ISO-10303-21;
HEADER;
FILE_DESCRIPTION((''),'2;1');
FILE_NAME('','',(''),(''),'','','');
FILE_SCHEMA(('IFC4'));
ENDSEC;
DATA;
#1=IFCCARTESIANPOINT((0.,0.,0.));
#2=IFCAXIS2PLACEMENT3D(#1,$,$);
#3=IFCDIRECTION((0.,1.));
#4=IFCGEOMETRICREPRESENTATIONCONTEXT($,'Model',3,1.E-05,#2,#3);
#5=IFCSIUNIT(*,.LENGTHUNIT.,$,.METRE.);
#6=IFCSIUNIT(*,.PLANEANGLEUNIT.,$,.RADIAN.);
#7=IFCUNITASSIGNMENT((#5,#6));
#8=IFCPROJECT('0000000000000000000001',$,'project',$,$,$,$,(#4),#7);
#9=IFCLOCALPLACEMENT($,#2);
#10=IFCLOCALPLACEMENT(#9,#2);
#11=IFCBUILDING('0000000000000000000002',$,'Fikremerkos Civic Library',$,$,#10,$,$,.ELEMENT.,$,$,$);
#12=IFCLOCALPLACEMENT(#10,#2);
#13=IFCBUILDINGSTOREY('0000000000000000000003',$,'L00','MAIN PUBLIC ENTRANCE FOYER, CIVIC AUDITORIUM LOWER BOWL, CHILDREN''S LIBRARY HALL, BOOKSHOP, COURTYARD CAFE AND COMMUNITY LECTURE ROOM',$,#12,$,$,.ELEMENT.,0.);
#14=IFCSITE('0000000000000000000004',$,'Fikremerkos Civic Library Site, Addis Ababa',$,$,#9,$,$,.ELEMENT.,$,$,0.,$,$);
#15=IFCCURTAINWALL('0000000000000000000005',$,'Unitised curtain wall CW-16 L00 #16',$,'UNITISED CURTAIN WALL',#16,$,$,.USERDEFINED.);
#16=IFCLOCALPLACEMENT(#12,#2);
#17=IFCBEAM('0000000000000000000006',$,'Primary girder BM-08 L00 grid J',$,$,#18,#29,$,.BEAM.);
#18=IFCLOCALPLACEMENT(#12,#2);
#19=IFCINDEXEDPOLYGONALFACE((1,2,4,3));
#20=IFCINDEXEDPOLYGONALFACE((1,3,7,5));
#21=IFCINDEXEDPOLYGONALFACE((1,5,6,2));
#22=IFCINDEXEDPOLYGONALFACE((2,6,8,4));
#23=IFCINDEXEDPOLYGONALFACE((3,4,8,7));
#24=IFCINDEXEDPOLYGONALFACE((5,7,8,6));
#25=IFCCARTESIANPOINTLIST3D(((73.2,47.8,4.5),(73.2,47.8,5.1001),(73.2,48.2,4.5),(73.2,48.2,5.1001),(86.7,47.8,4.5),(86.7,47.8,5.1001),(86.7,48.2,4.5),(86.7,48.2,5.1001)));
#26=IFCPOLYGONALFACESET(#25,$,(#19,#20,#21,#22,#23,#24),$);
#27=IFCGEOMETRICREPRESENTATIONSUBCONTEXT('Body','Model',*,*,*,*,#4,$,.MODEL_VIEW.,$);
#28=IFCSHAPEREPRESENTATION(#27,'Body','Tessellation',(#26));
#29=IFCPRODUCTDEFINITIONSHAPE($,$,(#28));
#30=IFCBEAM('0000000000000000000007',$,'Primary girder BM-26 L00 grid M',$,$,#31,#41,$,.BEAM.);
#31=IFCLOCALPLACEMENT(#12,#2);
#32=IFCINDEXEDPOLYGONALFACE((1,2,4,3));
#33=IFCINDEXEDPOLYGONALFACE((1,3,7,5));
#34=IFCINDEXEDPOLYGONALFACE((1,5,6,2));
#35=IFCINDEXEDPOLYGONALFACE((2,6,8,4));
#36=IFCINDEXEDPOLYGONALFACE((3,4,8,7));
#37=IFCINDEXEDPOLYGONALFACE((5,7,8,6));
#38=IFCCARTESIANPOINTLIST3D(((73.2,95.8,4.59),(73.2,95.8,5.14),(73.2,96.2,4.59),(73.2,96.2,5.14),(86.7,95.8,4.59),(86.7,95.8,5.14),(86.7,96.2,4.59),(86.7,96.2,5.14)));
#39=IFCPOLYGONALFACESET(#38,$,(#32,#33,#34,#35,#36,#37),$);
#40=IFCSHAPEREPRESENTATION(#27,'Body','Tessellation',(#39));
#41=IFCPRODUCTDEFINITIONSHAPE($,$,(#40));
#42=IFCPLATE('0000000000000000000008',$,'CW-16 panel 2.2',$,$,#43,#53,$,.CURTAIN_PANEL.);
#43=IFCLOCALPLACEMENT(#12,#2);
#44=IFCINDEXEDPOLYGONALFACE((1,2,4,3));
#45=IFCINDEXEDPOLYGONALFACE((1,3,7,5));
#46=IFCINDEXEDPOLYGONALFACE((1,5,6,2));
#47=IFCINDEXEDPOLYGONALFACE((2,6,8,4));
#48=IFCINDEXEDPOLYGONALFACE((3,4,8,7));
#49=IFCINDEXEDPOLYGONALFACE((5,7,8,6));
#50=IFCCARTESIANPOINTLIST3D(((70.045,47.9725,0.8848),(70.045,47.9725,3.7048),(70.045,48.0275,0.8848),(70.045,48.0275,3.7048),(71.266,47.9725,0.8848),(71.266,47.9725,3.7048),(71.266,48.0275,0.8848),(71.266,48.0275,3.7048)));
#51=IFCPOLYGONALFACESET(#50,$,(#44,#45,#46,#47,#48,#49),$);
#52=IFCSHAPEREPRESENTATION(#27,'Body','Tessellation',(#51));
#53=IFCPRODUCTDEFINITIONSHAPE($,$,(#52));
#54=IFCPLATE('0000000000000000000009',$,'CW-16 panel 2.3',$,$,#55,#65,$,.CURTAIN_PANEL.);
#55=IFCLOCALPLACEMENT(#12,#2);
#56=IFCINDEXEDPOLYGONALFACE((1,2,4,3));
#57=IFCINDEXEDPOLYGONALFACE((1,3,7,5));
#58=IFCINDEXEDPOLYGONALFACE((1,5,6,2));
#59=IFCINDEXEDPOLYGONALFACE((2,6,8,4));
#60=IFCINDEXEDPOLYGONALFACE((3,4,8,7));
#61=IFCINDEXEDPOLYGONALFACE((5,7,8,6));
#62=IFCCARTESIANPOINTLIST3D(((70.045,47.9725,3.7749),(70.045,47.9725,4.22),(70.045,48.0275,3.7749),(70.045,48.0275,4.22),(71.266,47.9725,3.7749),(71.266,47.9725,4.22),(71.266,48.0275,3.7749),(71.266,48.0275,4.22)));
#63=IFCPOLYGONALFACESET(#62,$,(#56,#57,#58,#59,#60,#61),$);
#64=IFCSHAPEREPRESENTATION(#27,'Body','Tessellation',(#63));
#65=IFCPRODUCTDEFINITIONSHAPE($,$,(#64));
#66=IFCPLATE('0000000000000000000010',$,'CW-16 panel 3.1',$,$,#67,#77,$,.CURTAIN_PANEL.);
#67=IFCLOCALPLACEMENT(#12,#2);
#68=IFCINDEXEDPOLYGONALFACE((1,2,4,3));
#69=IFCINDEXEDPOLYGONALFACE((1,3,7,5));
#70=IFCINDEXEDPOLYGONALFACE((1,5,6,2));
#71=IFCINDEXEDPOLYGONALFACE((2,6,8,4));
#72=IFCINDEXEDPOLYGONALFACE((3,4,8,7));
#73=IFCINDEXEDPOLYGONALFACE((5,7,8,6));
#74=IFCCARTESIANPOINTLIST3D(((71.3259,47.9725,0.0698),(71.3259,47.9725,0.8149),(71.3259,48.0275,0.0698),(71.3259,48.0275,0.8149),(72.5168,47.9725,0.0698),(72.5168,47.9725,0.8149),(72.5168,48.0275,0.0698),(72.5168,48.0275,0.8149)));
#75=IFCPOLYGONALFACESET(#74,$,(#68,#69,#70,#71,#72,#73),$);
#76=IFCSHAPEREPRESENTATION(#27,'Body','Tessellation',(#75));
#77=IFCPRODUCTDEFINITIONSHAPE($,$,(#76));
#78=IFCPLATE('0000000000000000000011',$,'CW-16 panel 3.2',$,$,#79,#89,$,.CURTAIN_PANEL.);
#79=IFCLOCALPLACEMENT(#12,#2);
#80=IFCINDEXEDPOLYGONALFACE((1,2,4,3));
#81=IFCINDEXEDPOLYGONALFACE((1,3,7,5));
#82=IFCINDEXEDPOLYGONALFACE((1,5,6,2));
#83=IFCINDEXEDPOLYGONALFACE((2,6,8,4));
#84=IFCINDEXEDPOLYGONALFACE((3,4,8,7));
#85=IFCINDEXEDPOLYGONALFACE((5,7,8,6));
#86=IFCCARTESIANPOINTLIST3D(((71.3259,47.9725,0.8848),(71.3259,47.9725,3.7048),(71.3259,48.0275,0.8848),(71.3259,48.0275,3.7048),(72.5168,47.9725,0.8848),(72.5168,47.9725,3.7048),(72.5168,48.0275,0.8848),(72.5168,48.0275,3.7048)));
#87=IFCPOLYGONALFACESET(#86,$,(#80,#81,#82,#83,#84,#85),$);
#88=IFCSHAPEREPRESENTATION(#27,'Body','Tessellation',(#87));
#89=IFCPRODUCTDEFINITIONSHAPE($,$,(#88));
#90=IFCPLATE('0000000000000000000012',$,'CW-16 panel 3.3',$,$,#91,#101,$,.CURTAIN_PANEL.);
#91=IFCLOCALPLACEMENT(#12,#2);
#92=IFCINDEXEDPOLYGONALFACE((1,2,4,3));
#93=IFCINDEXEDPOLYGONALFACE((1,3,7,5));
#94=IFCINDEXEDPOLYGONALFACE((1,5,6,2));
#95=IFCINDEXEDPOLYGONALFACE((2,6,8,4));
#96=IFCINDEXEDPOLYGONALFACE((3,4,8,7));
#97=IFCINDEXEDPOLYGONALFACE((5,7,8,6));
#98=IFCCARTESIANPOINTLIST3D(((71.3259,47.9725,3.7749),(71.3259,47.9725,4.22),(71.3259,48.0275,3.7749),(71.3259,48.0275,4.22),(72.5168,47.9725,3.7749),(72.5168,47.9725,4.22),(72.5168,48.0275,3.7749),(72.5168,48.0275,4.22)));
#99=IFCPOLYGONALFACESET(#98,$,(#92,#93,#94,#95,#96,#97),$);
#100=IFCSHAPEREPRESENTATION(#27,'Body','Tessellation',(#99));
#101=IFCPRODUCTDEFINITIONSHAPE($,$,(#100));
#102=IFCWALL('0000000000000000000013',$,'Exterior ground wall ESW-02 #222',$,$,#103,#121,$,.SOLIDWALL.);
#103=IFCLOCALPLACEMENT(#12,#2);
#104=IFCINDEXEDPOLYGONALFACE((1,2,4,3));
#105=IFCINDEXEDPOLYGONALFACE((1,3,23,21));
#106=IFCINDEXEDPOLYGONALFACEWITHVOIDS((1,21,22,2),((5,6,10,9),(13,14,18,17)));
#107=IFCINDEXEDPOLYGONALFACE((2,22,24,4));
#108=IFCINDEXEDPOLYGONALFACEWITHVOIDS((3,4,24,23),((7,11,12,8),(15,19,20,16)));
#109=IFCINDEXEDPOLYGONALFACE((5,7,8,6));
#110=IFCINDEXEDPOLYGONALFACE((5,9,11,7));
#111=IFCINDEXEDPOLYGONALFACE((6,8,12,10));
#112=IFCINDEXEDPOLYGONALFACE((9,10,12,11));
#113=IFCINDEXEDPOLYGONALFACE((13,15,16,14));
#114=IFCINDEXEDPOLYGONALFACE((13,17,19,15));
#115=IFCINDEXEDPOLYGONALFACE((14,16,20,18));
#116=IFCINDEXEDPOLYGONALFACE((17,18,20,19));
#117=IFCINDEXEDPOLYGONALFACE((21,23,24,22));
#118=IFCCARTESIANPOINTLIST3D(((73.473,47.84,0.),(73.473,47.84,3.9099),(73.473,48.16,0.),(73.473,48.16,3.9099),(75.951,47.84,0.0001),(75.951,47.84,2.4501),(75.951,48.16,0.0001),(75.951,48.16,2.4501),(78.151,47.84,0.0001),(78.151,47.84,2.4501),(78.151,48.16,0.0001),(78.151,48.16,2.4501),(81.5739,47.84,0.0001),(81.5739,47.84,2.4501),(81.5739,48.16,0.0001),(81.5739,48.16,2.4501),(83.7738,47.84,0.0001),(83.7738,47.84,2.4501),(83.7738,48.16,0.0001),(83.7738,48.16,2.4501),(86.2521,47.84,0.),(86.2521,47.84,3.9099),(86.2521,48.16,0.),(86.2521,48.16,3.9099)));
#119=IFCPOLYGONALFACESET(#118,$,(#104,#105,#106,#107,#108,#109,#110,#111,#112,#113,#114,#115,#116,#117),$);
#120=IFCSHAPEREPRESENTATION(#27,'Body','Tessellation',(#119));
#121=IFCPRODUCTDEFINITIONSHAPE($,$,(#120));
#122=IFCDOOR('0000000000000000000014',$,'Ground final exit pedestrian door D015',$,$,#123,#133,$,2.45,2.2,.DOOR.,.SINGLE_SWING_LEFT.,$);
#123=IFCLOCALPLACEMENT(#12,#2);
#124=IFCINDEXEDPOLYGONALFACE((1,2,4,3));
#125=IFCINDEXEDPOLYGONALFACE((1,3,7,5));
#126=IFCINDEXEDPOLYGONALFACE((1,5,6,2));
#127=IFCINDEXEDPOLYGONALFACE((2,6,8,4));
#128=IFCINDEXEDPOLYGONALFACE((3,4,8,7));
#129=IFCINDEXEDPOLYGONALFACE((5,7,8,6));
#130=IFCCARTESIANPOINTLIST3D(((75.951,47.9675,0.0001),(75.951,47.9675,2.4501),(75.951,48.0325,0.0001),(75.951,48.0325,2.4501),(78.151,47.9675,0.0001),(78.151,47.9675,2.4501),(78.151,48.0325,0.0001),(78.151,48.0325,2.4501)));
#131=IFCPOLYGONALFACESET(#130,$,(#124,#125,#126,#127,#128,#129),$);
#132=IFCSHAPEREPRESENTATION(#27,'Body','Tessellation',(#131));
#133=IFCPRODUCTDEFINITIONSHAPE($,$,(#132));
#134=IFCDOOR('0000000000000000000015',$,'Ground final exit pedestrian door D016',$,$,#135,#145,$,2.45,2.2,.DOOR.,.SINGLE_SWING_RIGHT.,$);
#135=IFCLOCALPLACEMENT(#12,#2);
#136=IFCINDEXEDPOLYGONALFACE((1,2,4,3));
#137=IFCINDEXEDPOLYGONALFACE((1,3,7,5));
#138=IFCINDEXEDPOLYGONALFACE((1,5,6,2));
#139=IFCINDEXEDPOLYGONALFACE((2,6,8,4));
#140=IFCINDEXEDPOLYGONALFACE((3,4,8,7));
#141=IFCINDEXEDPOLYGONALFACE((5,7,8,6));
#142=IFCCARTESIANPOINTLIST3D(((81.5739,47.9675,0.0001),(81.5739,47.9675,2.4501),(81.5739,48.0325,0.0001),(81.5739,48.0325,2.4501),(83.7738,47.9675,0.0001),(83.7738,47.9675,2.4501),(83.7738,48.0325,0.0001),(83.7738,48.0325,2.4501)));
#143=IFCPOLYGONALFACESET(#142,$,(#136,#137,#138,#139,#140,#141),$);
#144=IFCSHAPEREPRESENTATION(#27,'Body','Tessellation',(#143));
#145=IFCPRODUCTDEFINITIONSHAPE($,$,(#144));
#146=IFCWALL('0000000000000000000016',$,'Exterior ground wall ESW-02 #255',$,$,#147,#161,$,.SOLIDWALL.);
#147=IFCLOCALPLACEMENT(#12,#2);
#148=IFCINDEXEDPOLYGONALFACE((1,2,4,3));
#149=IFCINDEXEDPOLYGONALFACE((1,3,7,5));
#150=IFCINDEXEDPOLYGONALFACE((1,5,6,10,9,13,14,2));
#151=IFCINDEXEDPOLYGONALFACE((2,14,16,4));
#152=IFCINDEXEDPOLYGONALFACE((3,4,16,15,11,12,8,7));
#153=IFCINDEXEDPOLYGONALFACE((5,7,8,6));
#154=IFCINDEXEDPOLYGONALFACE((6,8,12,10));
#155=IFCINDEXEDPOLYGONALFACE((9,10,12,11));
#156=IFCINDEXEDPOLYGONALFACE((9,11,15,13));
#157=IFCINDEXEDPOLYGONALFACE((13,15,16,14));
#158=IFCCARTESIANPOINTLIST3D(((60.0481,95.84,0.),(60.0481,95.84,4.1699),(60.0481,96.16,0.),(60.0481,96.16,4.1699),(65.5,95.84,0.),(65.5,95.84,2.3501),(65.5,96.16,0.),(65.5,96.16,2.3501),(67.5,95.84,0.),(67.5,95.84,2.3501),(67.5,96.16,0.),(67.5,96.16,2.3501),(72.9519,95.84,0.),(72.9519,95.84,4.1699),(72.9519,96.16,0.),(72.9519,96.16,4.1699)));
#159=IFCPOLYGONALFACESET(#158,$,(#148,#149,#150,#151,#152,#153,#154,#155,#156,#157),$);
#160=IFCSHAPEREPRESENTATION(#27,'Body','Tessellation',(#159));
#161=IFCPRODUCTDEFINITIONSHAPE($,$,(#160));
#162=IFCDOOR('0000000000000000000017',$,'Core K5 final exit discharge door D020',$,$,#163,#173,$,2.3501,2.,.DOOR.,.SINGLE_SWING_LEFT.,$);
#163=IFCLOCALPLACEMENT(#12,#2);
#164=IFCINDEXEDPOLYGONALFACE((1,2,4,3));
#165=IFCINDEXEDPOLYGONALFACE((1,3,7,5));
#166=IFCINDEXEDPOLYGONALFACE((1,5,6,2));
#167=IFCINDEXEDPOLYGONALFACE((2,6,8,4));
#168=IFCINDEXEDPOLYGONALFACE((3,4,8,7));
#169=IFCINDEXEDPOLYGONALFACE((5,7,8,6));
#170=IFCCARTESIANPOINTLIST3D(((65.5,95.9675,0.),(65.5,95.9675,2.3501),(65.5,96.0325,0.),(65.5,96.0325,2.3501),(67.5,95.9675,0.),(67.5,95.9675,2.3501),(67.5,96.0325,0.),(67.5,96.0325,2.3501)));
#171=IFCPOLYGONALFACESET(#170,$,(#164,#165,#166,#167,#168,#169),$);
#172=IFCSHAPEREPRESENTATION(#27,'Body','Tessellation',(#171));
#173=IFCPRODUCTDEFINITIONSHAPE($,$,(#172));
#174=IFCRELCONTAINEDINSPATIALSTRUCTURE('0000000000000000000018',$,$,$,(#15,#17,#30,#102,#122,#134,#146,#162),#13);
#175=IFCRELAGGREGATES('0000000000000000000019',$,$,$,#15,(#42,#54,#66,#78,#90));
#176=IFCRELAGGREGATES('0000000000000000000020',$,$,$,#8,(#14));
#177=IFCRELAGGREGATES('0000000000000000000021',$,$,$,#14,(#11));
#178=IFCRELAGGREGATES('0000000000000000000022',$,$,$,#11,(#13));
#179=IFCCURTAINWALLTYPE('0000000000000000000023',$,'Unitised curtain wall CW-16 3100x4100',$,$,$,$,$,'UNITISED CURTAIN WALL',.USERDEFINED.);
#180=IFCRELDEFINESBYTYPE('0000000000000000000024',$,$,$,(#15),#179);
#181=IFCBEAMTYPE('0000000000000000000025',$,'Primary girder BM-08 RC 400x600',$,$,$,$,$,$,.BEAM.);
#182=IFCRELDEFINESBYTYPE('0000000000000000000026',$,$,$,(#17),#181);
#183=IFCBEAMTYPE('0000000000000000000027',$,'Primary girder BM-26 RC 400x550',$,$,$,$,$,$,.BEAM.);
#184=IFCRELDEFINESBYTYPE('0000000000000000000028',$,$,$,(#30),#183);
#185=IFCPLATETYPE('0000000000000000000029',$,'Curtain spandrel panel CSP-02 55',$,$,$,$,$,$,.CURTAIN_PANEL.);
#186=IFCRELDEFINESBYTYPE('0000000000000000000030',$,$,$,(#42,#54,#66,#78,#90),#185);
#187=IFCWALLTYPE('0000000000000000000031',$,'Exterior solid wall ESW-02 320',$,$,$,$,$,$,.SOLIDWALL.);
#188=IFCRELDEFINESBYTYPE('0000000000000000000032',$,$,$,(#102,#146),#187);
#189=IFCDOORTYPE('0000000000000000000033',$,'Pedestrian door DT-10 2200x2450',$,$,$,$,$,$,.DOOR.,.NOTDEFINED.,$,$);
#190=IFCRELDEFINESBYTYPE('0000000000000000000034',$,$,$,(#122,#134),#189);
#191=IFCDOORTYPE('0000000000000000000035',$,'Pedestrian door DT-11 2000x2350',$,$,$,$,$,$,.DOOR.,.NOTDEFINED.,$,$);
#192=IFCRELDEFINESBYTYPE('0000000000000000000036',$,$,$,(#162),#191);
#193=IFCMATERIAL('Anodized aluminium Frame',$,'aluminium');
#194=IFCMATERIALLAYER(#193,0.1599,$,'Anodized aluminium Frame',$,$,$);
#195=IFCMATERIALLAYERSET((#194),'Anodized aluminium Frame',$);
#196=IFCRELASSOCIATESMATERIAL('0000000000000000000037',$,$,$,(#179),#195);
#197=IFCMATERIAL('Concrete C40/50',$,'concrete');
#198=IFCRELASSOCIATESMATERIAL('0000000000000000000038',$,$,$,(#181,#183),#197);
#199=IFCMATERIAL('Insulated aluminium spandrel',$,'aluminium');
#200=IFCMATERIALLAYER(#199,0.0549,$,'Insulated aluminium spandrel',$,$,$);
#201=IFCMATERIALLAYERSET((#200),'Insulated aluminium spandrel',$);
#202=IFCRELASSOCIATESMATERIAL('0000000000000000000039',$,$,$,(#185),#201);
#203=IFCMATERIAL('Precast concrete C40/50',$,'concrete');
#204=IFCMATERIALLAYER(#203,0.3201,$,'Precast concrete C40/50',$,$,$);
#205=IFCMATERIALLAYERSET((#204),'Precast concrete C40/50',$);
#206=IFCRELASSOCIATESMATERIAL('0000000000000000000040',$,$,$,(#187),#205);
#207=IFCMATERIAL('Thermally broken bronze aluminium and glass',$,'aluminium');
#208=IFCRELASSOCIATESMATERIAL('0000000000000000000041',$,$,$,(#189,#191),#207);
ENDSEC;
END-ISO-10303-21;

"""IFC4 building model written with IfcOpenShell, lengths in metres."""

from ifc_helpers import new_model, si_unit, direction, frame, frame_2d, origin, origin_2d, place, context, subcontext, project, spatial, rectangle, extrude, material, layer, layer_set, material_profile, profile_set, type_object, element, fill, aggregate, save


model = new_model("IFC4")

# Units and contexts
model_context = context("Model", 3, precision=1e-05, world=origin(), true_north=direction((0.0, 1.0)))
body_context = subcontext(model_context, "Body", "Model", "MODEL_VIEW")
ifc_project = project(units=[si_unit("LENGTHUNIT", "METRE"), si_unit("PLANEANGLEUNIT", "RADIAN")], contexts=[model_context])

# Site, building, storey
site_placement = place(None, origin())
site = spatial("IfcSite", under=ifc_project, at=site_placement, Name="Fikremerkos Civic Library Site, Addis Ababa", CompositionType="ELEMENT", RefElevation=0.0)
building_placement = place(site_placement, origin())
building = spatial("IfcBuilding", under=site, at=building_placement, Name="Fikremerkos Civic Library", CompositionType="ELEMENT")
storey_placement = place(building_placement, origin())
storey = spatial("IfcBuildingStorey", under=building, at=storey_placement, Name="L00", Description="MAIN PUBLIC ENTRANCE FOYER, CIVIC AUDITORIUM LOWER BOWL, CHILDREN'S LIBRARY HALL, BOOKSHOP, COURTYARD CAFE AND COMMUNITY LECTURE ROOM", CompositionType="ELEMENT", Elevation=0.0)

# Shared definitions
ifc_material_1 = material(Name="Concrete C40/50", Category="concrete")

# Shared definitions
ifc_material_2 = material(Name="Anodized aluminium Frame", Category="aluminium")

# Curtain wall
ifc_layer_1 = layer(ifc_material_2, 0.1599, Name="Anodized aluminium Frame")
ifc_layer_set_1 = layer_set([ifc_layer_1], Name="Anodized aluminium Frame")
curtain_wall_type_1 = type_object("IfcCurtainWallType", Name="Unitised curtain wall CW-16 3100x4100", ElementType="UNITISED CURTAIN WALL", PredefinedType="USERDEFINED", material=ifc_layer_set_1)
curtain_wall_1_placement = place(storey_placement, origin())
curtain_wall_1 = element("IfcCurtainWall", 1, at=curtain_wall_1_placement, inside=storey, type_object=curtain_wall_type_1, Name="Unitised curtain wall CW-16 L00 #16", ObjectType="UNITISED CURTAIN WALL", PredefinedType="USERDEFINED")

# Beams
ifc_material_profile_1 = material_profile(ifc_material_1, rectangle(XDim=0.3999, YDim=0.6001, at=origin_2d()), Name="RC 400x600")
ifc_profile_set_1 = profile_set([ifc_material_profile_1], Name="Concrete C40/50")
beam_type_1 = type_object("IfcBeamType", Name="Primary girder BM-08 RC 400x600", PredefinedType="BEAM", material=ifc_profile_set_1)
beam_1_placement = place(storey_placement, frame((73.2, 48.0, 4.8), z_axis=(1.0, 0.0, 0.0), x_axis=(0.0, 1.0, 0.0)))
element("IfcBeam", 2, at=beam_1_placement, inside=storey, type_object=beam_type_1, Name="Primary girder BM-08 L00 grid J", PredefinedType="BEAM", context=body_context, shape_type="SweptSolid", body=[
    extrude(rectangle(XDim=0.3999, YDim=0.6001, at=origin_2d()), origin(), (0.0, 0.0, 1.0), 13.5),
])
ifc_material_profile_2 = material_profile(ifc_material_1, rectangle(XDim=0.3999, YDim=0.55, at=origin_2d()), Name="RC 400x550")
ifc_profile_set_2 = profile_set([ifc_material_profile_2], Name="Concrete C40/50")
beam_type_2 = type_object("IfcBeamType", Name="Primary girder BM-26 RC 400x550", PredefinedType="BEAM", material=ifc_profile_set_2)
beam_2_placement = place(storey_placement, frame((73.2, 96.0, 4.865), z_axis=(1.0, 0.0, 0.0), x_axis=(0.0, 1.0, 0.0)))
element("IfcBeam", 3, at=beam_2_placement, inside=storey, type_object=beam_type_2, Name="Primary girder BM-26 L00 grid M", PredefinedType="BEAM", context=body_context, shape_type="SweptSolid", body=[
    extrude(rectangle(XDim=0.3999, YDim=0.55, at=origin_2d()), origin(), (0.0, 0.0, 1.0), 13.5),
])

# Plates
ifc_material_3 = material(Name="Insulated aluminium spandrel", Category="aluminium")
ifc_layer_2 = layer(ifc_material_3, 0.0549, Name="Insulated aluminium spandrel")
ifc_layer_set_2 = layer_set([ifc_layer_2], Name="Insulated aluminium spandrel")
plate_type = type_object("IfcPlateType", Name="Curtain spandrel panel CSP-02 55", PredefinedType="CURTAIN_PANEL", material=ifc_layer_set_2)
plate_1_placement = place(storey_placement, frame((70.6555, 48.0, 0.8848), z_axis=(0.0, 0.0, 1.0), x_axis=(1.0, 0.0, 0.0)))
plate_1 = element("IfcPlate", 4, at=plate_1_placement, type_object=plate_type, Name="CW-16 panel 2.2", PredefinedType="CURTAIN_PANEL", context=body_context, shape_type="SweptSolid", body=[
    extrude(rectangle(XDim=1.2209, YDim=0.0549, at=origin_2d()), origin(), (0.0, 0.0, 1.0), 2.8201),
])
plate_2_placement = place(storey_placement, frame((70.6555, 48.0, 3.7749), z_axis=(0.0, 0.0, 1.0), x_axis=(1.0, 0.0, 0.0)))
plate_2 = element("IfcPlate", 5, at=plate_2_placement, type_object=plate_type, Name="CW-16 panel 2.3", PredefinedType="CURTAIN_PANEL", context=body_context, shape_type="SweptSolid", body=[
    extrude(rectangle(XDim=1.2209, YDim=0.0549, at=origin_2d()), origin(), (0.0, 0.0, 1.0), 0.4451),
])
plate_3_placement = place(storey_placement, frame((71.9214, 48.0, 0.0698), z_axis=(0.0, 0.0, 1.0), x_axis=(1.0, 0.0, 0.0)))
plate_3 = element("IfcPlate", 6, at=plate_3_placement, type_object=plate_type, Name="CW-16 panel 3.1", PredefinedType="CURTAIN_PANEL", context=body_context, shape_type="SweptSolid", body=[
    extrude(rectangle(XDim=1.1909, YDim=0.0549, at=origin_2d()), origin(), (0.0, 0.0, 1.0), 0.7451),
])
plate_4_placement = place(storey_placement, frame((71.9214, 48.0, 0.8848), z_axis=(0.0, 0.0, 1.0), x_axis=(1.0, 0.0, 0.0)))
plate_4 = element("IfcPlate", 7, at=plate_4_placement, type_object=plate_type, Name="CW-16 panel 3.2", PredefinedType="CURTAIN_PANEL", context=body_context, shape_type="SweptSolid", body=[
    extrude(rectangle(XDim=1.1909, YDim=0.0549, at=origin_2d()), origin(), (0.0, 0.0, 1.0), 2.8201),
])
plate_5_placement = place(storey_placement, frame((71.9214, 48.0, 3.7749), z_axis=(0.0, 0.0, 1.0), x_axis=(1.0, 0.0, 0.0)))
plate_5 = element("IfcPlate", 8, at=plate_5_placement, type_object=plate_type, Name="CW-16 panel 3.3", PredefinedType="CURTAIN_PANEL", context=body_context, shape_type="SweptSolid", body=[
    extrude(rectangle(XDim=1.1909, YDim=0.0549, at=origin_2d()), origin(), (0.0, 0.0, 1.0), 0.4451),
])
aggregate(curtain_wall_1, [plate_1, plate_2, plate_3, plate_4, plate_5])

# Wall, openings, doors
ifc_material_4 = material(Name="Precast concrete C40/50", Category="concrete")
ifc_layer_3 = layer(ifc_material_4, 0.3201, Name="Precast concrete C40/50")
ifc_layer_set_3 = layer_set([ifc_layer_3], Name="Precast concrete C40/50")
wall_type_1 = type_object("IfcWallType", Name="Exterior solid wall ESW-02 320", PredefinedType="SOLIDWALL", material=ifc_layer_set_3)
wall_1_placement = place(storey_placement, frame((73.4729, 48.0, 0.0), z_axis=(0.0, 0.0, 1.0), x_axis=(1.0, 0.0, 0.0)))
wall_1 = element("IfcWall", 9, at=wall_1_placement, inside=storey, type_object=wall_type_1, Name="Exterior ground wall ESW-02 #222", PredefinedType="SOLIDWALL", context=body_context, shape_type="SweptSolid", body=[
    extrude(rectangle(XDim=12.7791, YDim=0.3201, at=frame_2d((6.3896, 0.0))), origin(), (0.0, 0.0, 1.0), 3.9099),
])
opening_1_placement = place(wall_1_placement, frame((2.478, 0.0, 0.0)))
opening_1 = element("IfcOpeningElement", 10, at=opening_1_placement, cuts=wall_1, PredefinedType="OPENING", context=body_context, shape_type="SweptSolid", body=[
    extrude(rectangle(XDim=2.2, YDim=2.45, at=frame_2d((1.1001, 1.2251))), frame((0.0, 0.1699, 0.0), z_axis=(0.0, -1.0, 0.0), x_axis=(1.0, 0.0, 0.0)), (0.0, 0.0, 1.0), 0.3401),
])
opening_2_placement = place(wall_1_placement, frame((8.1008, 0.0, 0.0)))
opening_2 = element("IfcOpeningElement", 11, at=opening_2_placement, cuts=wall_1, PredefinedType="OPENING", context=body_context, shape_type="SweptSolid", body=[
    extrude(rectangle(XDim=2.2, YDim=2.45, at=frame_2d((1.1001, 1.2251))), frame((0.0, 0.1699, 0.0), z_axis=(0.0, -1.0, 0.0), x_axis=(1.0, 0.0, 0.0)), (0.0, 0.0, 1.0), 0.3401),
])
ifc_material_5 = material(Name="Thermally broken bronze aluminium and glass", Category="aluminium")
door_type_1 = type_object("IfcDoorType", Name="Pedestrian door DT-10 2200x2450", OperationType="NOTDEFINED", PredefinedType="DOOR", material=ifc_material_5)
door_1_placement = place(opening_1_placement, origin())
door_1 = element("IfcDoor", 12, at=door_1_placement, inside=storey, type_object=door_type_1, Name="Ground final exit pedestrian door D015", OperationType="SINGLE_SWING_LEFT", OverallHeight=2.45, OverallWidth=2.2, PredefinedType="DOOR", context=body_context, shape_type="SweptSolid", body=[
    extrude(rectangle(XDim=2.2, YDim=2.45, at=frame_2d((1.1001, 1.2251))), frame((0.0, 0.0325, 0.0), z_axis=(0.0, -1.0, 0.0), x_axis=(1.0, 0.0, 0.0)), (0.0, 0.0, 1.0), 0.0649),
])
fill(opening_1, door_1)
door_2_placement = place(opening_2_placement, origin())
door_2 = element("IfcDoor", 13, at=door_2_placement, inside=storey, type_object=door_type_1, Name="Ground final exit pedestrian door D016", OperationType="SINGLE_SWING_RIGHT", OverallHeight=2.45, OverallWidth=2.2, PredefinedType="DOOR", context=body_context, shape_type="SweptSolid", body=[
    extrude(rectangle(XDim=2.2, YDim=2.45, at=frame_2d((1.1001, 1.2251))), frame((0.0, 0.0325, 0.0), z_axis=(0.0, -1.0, 0.0), x_axis=(1.0, 0.0, 0.0)), (0.0, 0.0, 1.0), 0.0649),
])
fill(opening_2, door_2)

# Wall, opening, door
wall_2_placement = place(storey_placement, frame((72.9519, 96.0, 0.0), z_axis=(0.0, 0.0, 1.0), x_axis=(-1.0, 0.0, 0.0)))
wall_2 = element("IfcWall", 14, at=wall_2_placement, inside=storey, type_object=wall_type_1, Name="Exterior ground wall ESW-02 #255", PredefinedType="SOLIDWALL", context=body_context, shape_type="SweptSolid", body=[
    extrude(rectangle(XDim=12.9038, YDim=0.3201, at=frame_2d((6.4519, 0.0))), origin(), (0.0, 0.0, 1.0), 4.1699),
])
opening_3_placement = place(wall_2_placement, frame((5.4519, 0.0, 0.0)))
opening_3 = element("IfcOpeningElement", 15, at=opening_3_placement, cuts=wall_2, PredefinedType="OPENING", context=body_context, shape_type="SweptSolid", body=[
    extrude(rectangle(XDim=2.0, YDim=2.3501, at=frame_2d((1.0, 1.175))), frame((0.0, 0.1699, 0.0), z_axis=(0.0, -1.0, 0.0), x_axis=(1.0, 0.0, 0.0)), (0.0, 0.0, 1.0), 0.3401),
])
door_type_2 = type_object("IfcDoorType", Name="Pedestrian door DT-11 2000x2350", OperationType="NOTDEFINED", PredefinedType="DOOR", material=ifc_material_5)
door_3_placement = place(opening_3_placement, origin())
door_3 = element("IfcDoor", 16, at=door_3_placement, inside=storey, type_object=door_type_2, Name="Core K5 final exit discharge door D020", OperationType="SINGLE_SWING_LEFT", OverallHeight=2.3501, OverallWidth=2.0, PredefinedType="DOOR", context=body_context, shape_type="SweptSolid", body=[
    extrude(rectangle(XDim=2.0, YDim=2.3501, at=frame_2d((1.0, 1.175))), frame((0.0, 0.0325, 0.0), z_axis=(0.0, -1.0, 0.0), x_axis=(1.0, 0.0, 0.0)), (0.0, 0.0, 1.0), 0.0649),
])
fill(opening_3, door_3)

save(model, "model.ifc")
